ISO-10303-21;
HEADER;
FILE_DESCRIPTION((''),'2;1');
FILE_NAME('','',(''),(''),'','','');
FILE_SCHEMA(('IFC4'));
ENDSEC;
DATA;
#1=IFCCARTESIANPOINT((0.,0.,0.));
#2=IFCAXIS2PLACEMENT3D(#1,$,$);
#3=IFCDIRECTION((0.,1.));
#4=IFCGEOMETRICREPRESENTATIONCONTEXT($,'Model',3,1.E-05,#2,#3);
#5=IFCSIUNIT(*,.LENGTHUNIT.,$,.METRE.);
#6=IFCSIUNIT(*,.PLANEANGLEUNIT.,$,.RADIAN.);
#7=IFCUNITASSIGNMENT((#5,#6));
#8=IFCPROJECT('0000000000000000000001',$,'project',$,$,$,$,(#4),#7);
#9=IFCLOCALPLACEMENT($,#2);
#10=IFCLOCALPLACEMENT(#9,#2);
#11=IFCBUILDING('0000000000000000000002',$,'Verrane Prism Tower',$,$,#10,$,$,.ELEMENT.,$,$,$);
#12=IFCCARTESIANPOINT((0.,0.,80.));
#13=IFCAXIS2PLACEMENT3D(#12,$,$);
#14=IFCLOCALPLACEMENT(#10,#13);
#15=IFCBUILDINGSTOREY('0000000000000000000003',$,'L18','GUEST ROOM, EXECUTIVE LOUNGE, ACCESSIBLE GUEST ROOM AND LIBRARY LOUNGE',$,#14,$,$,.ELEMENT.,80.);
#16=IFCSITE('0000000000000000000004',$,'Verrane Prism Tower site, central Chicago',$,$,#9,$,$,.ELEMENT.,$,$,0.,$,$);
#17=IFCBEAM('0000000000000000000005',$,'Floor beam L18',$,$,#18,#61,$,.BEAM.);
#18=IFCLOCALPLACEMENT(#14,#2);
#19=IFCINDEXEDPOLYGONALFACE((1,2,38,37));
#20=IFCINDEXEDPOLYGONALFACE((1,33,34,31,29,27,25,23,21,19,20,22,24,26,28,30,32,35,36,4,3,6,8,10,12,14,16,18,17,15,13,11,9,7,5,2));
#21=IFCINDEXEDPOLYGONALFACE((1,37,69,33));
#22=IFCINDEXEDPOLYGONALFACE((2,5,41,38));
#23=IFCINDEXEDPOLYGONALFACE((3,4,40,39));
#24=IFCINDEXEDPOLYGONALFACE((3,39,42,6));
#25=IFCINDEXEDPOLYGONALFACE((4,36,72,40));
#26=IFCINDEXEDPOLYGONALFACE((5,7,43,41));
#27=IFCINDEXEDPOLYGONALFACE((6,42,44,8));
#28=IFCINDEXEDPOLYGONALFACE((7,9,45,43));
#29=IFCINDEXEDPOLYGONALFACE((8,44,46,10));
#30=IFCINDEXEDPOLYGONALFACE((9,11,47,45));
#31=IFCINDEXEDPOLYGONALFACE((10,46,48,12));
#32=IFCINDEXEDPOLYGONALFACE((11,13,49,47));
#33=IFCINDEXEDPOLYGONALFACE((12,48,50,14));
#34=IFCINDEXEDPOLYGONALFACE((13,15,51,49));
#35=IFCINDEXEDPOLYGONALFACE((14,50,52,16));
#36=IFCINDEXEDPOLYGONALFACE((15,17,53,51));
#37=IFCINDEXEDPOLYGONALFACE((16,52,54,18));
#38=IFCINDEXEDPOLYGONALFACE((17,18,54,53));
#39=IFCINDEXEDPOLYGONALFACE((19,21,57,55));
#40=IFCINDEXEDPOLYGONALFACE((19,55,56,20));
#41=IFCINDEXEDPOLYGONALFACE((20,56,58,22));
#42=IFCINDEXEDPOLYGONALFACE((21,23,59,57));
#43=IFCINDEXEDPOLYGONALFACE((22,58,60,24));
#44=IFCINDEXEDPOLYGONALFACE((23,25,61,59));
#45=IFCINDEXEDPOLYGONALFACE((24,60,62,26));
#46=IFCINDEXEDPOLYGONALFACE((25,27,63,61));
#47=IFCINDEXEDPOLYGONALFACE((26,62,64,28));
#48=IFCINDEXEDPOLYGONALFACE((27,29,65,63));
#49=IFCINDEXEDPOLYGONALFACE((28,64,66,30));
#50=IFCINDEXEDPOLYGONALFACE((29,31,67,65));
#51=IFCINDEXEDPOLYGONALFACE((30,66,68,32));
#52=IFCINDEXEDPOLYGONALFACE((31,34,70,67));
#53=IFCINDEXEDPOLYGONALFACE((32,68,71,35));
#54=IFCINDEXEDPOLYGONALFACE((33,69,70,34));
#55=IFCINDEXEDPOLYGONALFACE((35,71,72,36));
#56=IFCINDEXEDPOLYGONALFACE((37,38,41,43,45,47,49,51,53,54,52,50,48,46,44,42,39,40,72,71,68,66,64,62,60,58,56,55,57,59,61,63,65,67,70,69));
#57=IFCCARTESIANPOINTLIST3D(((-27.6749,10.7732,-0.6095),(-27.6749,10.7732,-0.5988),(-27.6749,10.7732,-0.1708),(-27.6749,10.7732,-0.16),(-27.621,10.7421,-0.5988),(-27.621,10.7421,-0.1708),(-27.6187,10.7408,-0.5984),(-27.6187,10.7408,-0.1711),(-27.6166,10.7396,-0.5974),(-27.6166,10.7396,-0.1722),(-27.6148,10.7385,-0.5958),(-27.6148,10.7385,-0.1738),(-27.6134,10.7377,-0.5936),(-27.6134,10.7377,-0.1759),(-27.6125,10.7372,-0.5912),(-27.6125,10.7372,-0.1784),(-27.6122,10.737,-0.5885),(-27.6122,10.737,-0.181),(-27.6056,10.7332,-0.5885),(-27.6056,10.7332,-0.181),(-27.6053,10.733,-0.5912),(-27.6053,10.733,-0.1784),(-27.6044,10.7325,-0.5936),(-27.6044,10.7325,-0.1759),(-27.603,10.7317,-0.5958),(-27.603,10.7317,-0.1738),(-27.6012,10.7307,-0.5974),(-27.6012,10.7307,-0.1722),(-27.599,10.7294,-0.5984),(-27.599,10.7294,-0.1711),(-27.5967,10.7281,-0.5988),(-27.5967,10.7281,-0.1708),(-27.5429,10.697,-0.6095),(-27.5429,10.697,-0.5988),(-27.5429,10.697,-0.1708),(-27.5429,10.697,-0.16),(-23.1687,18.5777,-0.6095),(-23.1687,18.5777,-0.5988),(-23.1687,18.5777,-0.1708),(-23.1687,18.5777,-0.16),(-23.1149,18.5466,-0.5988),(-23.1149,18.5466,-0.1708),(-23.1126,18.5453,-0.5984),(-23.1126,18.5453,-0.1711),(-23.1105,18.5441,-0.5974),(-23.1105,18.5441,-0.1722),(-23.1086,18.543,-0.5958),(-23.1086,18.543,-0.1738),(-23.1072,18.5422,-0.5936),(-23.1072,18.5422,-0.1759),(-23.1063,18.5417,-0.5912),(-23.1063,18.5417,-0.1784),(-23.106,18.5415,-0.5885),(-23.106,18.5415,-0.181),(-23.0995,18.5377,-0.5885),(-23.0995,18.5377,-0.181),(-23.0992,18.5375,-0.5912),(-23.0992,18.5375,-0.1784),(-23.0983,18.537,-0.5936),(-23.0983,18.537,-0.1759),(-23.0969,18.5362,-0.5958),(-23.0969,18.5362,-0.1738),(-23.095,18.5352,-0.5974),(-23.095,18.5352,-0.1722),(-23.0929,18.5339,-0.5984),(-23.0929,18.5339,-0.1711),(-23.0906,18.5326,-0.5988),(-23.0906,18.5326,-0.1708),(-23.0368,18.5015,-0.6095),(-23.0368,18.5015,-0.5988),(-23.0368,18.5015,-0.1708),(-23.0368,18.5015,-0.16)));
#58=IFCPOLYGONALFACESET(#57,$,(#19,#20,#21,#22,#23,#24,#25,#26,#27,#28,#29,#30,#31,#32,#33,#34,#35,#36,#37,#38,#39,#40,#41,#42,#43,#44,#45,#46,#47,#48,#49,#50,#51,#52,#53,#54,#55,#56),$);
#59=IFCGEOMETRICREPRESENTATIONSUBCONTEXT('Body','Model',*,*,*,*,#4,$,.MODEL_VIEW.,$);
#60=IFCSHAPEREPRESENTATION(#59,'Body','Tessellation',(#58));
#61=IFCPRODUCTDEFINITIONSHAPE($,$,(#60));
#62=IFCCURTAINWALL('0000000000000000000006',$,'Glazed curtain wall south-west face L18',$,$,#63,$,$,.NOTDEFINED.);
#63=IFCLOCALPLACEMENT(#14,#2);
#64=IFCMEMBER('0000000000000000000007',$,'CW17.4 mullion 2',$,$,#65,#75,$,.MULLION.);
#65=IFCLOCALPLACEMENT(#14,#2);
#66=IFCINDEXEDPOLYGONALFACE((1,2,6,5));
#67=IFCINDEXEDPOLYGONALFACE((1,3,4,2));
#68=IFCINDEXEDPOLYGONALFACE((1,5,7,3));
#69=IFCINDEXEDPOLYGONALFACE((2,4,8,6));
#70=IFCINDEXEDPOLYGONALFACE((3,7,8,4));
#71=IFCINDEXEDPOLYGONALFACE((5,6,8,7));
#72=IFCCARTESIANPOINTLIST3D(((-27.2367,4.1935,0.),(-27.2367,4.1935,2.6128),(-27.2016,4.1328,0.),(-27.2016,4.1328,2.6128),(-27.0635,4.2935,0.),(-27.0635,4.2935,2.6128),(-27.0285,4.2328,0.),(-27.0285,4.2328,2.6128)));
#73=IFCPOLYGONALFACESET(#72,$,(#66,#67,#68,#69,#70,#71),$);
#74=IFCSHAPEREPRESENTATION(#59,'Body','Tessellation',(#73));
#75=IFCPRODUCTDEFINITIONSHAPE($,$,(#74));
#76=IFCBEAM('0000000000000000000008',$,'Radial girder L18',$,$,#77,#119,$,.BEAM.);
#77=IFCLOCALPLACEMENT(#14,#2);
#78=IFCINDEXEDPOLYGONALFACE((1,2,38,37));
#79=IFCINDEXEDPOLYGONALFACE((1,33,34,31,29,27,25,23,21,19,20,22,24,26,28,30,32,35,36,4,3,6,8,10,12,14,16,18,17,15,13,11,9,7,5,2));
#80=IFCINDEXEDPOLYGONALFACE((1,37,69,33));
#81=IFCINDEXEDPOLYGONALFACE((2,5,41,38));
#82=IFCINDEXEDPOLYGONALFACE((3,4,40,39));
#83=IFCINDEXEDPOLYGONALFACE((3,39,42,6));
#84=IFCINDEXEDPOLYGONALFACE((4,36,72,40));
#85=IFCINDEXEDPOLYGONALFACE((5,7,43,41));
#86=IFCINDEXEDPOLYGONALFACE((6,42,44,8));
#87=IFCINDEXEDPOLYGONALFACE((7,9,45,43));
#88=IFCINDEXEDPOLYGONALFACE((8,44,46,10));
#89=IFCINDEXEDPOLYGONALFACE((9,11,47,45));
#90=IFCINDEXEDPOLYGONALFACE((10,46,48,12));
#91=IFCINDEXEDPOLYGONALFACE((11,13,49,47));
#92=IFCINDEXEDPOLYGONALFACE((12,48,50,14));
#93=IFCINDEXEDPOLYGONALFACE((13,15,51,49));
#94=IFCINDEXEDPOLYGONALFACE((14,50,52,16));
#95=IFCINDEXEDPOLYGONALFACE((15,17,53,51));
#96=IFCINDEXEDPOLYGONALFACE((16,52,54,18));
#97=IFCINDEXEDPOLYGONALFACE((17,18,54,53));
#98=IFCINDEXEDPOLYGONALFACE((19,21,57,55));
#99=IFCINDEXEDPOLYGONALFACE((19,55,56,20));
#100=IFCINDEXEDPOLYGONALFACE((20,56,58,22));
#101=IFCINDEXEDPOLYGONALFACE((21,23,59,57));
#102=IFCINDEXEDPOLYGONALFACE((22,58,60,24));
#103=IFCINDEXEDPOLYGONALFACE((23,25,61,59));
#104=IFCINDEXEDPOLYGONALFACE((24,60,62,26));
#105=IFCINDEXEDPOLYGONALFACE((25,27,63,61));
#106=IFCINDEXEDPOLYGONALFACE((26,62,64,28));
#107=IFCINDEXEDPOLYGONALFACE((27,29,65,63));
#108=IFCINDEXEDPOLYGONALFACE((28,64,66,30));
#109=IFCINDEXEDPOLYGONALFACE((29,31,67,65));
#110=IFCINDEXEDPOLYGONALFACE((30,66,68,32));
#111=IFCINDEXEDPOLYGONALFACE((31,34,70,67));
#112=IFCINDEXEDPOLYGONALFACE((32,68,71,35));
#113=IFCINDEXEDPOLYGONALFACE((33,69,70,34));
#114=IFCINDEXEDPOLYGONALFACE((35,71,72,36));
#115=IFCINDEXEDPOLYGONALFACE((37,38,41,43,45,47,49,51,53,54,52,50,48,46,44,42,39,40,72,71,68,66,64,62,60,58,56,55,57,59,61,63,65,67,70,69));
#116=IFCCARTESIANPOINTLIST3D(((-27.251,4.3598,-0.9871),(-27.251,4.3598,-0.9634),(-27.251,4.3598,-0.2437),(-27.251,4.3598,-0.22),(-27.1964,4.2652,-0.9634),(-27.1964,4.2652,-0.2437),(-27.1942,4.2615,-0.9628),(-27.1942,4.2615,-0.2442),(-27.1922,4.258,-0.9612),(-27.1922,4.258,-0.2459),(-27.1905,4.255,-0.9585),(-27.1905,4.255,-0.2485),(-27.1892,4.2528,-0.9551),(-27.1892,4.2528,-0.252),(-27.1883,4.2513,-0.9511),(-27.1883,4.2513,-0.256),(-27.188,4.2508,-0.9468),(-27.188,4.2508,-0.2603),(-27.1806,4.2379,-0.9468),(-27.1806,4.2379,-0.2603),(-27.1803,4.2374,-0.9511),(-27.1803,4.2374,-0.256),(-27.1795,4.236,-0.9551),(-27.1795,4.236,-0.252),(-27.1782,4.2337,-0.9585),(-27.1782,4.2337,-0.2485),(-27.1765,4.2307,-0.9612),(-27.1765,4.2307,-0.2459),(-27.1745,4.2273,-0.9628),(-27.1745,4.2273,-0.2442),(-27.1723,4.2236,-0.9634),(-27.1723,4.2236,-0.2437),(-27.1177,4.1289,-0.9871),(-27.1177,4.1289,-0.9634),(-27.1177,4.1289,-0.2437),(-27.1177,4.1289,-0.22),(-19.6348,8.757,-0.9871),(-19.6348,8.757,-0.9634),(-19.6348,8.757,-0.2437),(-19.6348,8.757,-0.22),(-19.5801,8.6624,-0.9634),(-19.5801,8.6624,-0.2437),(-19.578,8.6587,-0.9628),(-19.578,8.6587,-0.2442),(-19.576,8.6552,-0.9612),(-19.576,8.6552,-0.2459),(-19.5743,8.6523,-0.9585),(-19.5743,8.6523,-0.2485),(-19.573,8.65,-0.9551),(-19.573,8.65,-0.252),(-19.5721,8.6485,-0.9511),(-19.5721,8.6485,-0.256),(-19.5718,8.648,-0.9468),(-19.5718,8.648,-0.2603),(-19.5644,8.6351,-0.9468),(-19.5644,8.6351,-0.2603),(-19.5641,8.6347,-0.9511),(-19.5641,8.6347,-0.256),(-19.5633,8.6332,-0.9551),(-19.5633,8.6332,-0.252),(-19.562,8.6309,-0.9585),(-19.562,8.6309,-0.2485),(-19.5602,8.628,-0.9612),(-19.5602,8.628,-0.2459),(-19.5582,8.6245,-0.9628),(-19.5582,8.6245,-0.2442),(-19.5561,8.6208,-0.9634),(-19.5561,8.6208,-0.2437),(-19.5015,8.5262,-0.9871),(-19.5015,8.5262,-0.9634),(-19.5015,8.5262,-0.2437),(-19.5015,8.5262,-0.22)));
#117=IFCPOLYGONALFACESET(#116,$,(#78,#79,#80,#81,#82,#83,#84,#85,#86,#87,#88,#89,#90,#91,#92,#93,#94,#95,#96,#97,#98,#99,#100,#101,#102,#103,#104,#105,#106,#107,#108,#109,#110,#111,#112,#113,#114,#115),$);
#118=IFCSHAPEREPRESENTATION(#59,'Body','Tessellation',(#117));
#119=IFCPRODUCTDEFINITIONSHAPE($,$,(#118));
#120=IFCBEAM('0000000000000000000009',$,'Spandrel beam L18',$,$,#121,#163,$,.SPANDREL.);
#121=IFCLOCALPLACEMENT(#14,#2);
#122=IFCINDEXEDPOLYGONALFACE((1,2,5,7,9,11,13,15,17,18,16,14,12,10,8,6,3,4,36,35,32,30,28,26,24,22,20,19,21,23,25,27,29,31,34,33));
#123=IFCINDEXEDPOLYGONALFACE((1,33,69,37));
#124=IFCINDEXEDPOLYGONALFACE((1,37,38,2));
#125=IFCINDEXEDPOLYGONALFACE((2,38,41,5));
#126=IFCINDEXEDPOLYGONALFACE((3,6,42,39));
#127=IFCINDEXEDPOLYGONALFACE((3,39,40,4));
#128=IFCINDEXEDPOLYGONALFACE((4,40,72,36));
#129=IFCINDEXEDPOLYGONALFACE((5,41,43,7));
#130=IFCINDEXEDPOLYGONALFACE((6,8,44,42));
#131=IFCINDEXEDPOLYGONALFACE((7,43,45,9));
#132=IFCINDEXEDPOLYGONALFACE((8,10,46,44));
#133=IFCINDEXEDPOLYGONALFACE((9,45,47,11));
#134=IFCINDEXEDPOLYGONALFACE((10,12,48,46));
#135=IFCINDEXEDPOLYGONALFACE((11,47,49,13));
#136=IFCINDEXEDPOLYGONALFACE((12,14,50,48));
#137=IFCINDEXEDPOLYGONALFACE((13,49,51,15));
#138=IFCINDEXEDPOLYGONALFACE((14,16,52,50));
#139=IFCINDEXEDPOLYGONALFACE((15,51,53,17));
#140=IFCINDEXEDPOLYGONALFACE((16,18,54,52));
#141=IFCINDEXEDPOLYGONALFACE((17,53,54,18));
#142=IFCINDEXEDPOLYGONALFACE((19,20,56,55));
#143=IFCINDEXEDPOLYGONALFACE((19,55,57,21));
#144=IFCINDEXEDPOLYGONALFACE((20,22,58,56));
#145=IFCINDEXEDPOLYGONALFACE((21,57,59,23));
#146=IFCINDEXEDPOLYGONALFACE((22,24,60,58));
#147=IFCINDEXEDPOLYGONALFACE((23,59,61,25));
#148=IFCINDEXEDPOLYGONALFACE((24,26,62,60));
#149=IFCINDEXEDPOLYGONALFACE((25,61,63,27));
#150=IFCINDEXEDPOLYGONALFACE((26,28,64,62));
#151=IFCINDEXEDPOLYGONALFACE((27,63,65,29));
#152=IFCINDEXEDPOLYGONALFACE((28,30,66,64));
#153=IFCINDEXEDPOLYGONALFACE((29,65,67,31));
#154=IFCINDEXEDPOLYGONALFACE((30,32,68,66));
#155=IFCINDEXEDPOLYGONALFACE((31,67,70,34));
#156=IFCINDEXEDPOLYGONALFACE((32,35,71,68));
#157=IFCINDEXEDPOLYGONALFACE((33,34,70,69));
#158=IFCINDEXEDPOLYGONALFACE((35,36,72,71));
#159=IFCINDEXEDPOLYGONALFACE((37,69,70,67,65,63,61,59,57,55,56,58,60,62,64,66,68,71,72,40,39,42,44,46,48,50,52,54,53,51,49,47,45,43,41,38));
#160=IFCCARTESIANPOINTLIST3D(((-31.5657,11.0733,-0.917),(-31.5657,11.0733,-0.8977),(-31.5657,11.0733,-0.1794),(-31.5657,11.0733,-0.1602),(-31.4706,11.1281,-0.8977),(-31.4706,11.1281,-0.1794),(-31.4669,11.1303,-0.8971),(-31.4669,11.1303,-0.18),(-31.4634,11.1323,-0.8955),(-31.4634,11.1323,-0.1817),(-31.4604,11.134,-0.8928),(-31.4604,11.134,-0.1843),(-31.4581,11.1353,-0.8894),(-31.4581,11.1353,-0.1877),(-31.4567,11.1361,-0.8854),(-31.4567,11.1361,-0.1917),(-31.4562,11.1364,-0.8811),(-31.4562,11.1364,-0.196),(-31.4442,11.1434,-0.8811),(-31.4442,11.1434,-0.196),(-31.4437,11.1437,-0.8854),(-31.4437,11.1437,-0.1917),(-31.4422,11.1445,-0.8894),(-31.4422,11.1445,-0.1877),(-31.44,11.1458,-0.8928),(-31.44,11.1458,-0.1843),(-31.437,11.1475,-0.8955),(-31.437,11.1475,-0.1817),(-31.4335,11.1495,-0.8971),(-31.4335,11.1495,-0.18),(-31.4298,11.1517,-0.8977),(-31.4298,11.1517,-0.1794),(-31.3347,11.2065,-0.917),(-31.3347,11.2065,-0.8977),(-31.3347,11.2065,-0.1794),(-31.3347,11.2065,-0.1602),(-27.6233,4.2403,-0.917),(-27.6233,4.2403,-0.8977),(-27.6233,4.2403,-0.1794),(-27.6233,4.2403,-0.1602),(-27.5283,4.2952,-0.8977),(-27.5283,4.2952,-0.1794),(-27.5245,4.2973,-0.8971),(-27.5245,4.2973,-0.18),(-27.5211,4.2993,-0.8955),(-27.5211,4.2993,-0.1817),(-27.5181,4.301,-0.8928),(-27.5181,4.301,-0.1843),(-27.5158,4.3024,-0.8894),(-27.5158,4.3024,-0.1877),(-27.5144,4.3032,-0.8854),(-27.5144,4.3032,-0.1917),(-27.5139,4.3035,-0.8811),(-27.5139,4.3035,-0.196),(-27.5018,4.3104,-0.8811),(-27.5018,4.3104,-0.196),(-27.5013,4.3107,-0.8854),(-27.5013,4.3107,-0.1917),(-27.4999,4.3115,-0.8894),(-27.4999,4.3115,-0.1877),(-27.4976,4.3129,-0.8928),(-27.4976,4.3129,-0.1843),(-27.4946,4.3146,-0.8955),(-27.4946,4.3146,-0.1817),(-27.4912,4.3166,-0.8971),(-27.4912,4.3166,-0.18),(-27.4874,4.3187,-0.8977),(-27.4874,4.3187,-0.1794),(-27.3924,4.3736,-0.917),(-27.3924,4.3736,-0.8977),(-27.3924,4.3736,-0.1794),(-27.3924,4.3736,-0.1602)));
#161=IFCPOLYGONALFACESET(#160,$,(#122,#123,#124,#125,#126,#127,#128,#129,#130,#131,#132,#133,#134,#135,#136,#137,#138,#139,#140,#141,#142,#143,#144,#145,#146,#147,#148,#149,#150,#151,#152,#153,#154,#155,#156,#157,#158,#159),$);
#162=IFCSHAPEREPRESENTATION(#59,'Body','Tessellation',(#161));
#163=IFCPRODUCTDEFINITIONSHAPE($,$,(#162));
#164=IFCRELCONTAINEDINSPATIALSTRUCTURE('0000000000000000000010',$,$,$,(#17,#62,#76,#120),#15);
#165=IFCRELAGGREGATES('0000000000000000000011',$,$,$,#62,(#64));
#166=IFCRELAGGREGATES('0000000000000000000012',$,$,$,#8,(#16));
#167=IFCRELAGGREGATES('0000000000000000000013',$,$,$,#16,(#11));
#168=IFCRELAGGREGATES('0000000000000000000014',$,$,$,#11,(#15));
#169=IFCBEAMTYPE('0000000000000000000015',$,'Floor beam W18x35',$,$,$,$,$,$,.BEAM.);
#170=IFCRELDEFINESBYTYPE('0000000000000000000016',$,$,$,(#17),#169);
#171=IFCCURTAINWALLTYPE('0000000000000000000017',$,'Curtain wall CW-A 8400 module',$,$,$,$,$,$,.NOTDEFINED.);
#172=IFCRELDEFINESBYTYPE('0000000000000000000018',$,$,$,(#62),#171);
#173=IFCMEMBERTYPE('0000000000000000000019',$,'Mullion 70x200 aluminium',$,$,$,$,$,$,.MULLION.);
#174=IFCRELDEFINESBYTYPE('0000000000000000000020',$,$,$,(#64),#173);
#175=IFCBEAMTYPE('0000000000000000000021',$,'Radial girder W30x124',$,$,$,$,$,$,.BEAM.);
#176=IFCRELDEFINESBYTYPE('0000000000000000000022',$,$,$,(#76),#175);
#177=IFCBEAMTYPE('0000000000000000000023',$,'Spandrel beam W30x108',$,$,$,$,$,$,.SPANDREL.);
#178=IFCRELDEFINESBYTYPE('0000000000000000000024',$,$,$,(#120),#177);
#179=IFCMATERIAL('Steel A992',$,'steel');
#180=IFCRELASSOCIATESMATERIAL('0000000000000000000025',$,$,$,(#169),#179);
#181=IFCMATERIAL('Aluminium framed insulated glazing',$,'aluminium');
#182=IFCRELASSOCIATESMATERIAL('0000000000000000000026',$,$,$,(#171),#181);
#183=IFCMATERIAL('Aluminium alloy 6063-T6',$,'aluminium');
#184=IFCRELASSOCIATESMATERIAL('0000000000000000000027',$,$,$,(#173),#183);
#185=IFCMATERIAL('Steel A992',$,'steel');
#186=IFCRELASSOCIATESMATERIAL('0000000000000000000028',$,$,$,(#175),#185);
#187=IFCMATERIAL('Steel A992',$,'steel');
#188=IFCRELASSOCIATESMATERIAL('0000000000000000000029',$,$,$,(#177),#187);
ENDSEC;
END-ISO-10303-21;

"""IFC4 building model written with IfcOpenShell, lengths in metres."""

from ifc_helpers import new_model, si_unit, direction, frame, origin, origin_2d, place, context, subcontext, project, spatial, rectangle, i_section, extrude, material, material_profile, profile_set, type_object, element, aggregate, save


model = new_model("IFC4")

# Units and contexts
model_context = context("Model", 3, precision=1e-05, world=origin(), true_north=direction((0.0, 1.0)))
body_context = subcontext(model_context, "Body", "Model", "MODEL_VIEW")
ifc_project = project(units=[si_unit("LENGTHUNIT", "METRE"), si_unit("PLANEANGLEUNIT", "RADIAN")], contexts=[model_context])

# Site, building, storey
site_placement = place(None, origin())
site = spatial("IfcSite", under=ifc_project, at=site_placement, Name="Verrane Prism Tower site, central Chicago", CompositionType="ELEMENT", RefElevation=0.0)
building_placement = place(site_placement, origin())
building = spatial("IfcBuilding", under=site, at=building_placement, Name="Verrane Prism Tower", CompositionType="ELEMENT")
storey_placement = place(building_placement, frame((0.0, 0.0, 80.0)))
storey = spatial("IfcBuildingStorey", under=building, at=storey_placement, Name="L18", Description="GUEST ROOM, EXECUTIVE LOUNGE, ACCESSIBLE GUEST ROOM AND LIBRARY LOUNGE", CompositionType="ELEMENT", Elevation=80.0)

# Beam
ifc_material_1 = material(Name="Steel A992", Category="steel")
ifc_material_profile_1 = material_profile(ifc_material_1, i_section(OverallWidth=0.1523, OverallDepth=0.4495, WebThickness=0.0076, FlangeThickness=0.0107, FilletRadius=0.0103, at=origin_2d()), Name="W18x35")
ifc_profile_set_1 = profile_set([ifc_material_profile_1], Name="Steel A992")
beam_type_1 = type_object("IfcBeamType", Name="Floor beam W18x35", PredefinedType="BEAM", material=ifc_profile_set_1)
beam_1_placement = place(storey_placement, frame((-27.6089, 10.7351, -0.3848), z_axis=(0.500017, 0.866016, 0.0), x_axis=(-0.866016, 0.500017, 0.0)))
element("IfcBeam", 1, at=beam_1_placement, inside=storey, type_object=beam_type_1, Name="Floor beam L18", PredefinedType="BEAM", context=body_context, shape_type="SweptSolid", body=[
    extrude(i_section(OverallWidth=0.1523, OverallDepth=0.4495, WebThickness=0.0076, FlangeThickness=0.0107, FilletRadius=0.0103, at=origin_2d()), origin(), (0.0, 0.0, 1.0), 9.012),
])

# Curtain wall, member
ifc_material_2 = material(Name="Aluminium framed insulated glazing", Category="aluminium")
curtain_wall_type = type_object("IfcCurtainWallType", Name="Curtain wall CW-A 8400 module", PredefinedType="NOTDEFINED", material=ifc_material_2)
curtain_wall_placement = place(storey_placement, origin())
curtain_wall = element("IfcCurtainWall", 2, at=curtain_wall_placement, inside=storey, type_object=curtain_wall_type, Name="Glazed curtain wall south-west face L18", PredefinedType="NOTDEFINED")
ifc_material_3 = material(Name="Aluminium alloy 6063-T6", Category="aluminium")
ifc_material_profile_2 = material_profile(ifc_material_3, rectangle(XDim=0.2, YDim=0.0701, at=origin_2d()), Name="Mullion 70x200 aluminium")
ifc_profile_set_2 = profile_set([ifc_material_profile_2], Name="Aluminium alloy 6063-T6")
member_type_1 = type_object("IfcMemberType", Name="Mullion 70x200 aluminium", PredefinedType="MULLION", material=ifc_profile_set_2)
member_1_placement = place(storey_placement, frame((-27.1326, 4.2131, 0.0), z_axis=(0.0, 0.0, 1.0), x_axis=(0.866026, 0.499999, 0.0)))
member_1 = element("IfcMember", 3, at=member_1_placement, type_object=member_type_1, Name="CW17.4 mullion 2", PredefinedType="MULLION", context=body_context, shape_type="SweptSolid", body=[
    extrude(rectangle(XDim=0.2, YDim=0.0701, at=origin_2d()), origin(), (0.0, 0.0, 1.0), 2.6128),
])

# Beams
ifc_material_4 = material(Name="Steel A992", Category="steel")
ifc_material_profile_3 = material_profile(ifc_material_4, i_section(OverallWidth=0.2666, OverallDepth=0.7671, WebThickness=0.0149, FlangeThickness=0.0237, FilletRadius=0.0166, at=origin_2d()), Name="W30x124")
ifc_profile_set_3 = profile_set([ifc_material_profile_3], Name="Steel A992")
beam_type_2 = type_object("IfcBeamType", Name="Radial girder W30x124", PredefinedType="BEAM", material=ifc_profile_set_3)
beam_2_placement = place(storey_placement, frame((-27.1843, 4.2444, -0.6035), z_axis=(0.866026, 0.5, 0.0), x_axis=(-0.5, 0.866026, 0.0)))
element("IfcBeam", 4, at=beam_2_placement, inside=storey, type_object=beam_type_2, Name="Radial girder L18", PredefinedType="BEAM", context=body_context, shape_type="SweptSolid", body=[
    extrude(i_section(OverallWidth=0.2666, OverallDepth=0.7671, WebThickness=0.0149, FlangeThickness=0.0237, FilletRadius=0.0166, at=origin_2d()), origin(), (0.0, 0.0, 1.0), 8.7944),
])
ifc_material_5 = material(Name="Steel A992", Category="steel")
ifc_material_profile_4 = material_profile(ifc_material_5, i_section(OverallWidth=0.2666, OverallDepth=0.7568, WebThickness=0.0139, FlangeThickness=0.0193, FilletRadius=0.0166, at=origin_2d()), Name="W30x108")
ifc_profile_set_4 = profile_set([ifc_material_profile_4], Name="Steel A992")
beam_type_3 = type_object("IfcBeamType", Name="Spandrel beam W30x108", PredefinedType="SPANDREL", material=ifc_profile_set_4)
beam_3_placement = place(storey_placement, frame((-31.4502, 11.1399, -0.5386), z_axis=(0.499747, -0.866171, 0.0), x_axis=(0.866171, 0.499747, 0.0)))
element("IfcBeam", 5, at=beam_3_placement, inside=storey, type_object=beam_type_3, Name="Spandrel beam L18", PredefinedType="SPANDREL", context=body_context, shape_type="SweptSolid", body=[
    extrude(i_section(OverallWidth=0.2666, OverallDepth=0.7568, WebThickness=0.0139, FlangeThickness=0.0193, FilletRadius=0.0166, at=origin_2d()), origin(), (0.0, 0.0, 1.0), 7.8887),
])

aggregate(curtain_wall, [member_1])

save(model, "model.ifc")
